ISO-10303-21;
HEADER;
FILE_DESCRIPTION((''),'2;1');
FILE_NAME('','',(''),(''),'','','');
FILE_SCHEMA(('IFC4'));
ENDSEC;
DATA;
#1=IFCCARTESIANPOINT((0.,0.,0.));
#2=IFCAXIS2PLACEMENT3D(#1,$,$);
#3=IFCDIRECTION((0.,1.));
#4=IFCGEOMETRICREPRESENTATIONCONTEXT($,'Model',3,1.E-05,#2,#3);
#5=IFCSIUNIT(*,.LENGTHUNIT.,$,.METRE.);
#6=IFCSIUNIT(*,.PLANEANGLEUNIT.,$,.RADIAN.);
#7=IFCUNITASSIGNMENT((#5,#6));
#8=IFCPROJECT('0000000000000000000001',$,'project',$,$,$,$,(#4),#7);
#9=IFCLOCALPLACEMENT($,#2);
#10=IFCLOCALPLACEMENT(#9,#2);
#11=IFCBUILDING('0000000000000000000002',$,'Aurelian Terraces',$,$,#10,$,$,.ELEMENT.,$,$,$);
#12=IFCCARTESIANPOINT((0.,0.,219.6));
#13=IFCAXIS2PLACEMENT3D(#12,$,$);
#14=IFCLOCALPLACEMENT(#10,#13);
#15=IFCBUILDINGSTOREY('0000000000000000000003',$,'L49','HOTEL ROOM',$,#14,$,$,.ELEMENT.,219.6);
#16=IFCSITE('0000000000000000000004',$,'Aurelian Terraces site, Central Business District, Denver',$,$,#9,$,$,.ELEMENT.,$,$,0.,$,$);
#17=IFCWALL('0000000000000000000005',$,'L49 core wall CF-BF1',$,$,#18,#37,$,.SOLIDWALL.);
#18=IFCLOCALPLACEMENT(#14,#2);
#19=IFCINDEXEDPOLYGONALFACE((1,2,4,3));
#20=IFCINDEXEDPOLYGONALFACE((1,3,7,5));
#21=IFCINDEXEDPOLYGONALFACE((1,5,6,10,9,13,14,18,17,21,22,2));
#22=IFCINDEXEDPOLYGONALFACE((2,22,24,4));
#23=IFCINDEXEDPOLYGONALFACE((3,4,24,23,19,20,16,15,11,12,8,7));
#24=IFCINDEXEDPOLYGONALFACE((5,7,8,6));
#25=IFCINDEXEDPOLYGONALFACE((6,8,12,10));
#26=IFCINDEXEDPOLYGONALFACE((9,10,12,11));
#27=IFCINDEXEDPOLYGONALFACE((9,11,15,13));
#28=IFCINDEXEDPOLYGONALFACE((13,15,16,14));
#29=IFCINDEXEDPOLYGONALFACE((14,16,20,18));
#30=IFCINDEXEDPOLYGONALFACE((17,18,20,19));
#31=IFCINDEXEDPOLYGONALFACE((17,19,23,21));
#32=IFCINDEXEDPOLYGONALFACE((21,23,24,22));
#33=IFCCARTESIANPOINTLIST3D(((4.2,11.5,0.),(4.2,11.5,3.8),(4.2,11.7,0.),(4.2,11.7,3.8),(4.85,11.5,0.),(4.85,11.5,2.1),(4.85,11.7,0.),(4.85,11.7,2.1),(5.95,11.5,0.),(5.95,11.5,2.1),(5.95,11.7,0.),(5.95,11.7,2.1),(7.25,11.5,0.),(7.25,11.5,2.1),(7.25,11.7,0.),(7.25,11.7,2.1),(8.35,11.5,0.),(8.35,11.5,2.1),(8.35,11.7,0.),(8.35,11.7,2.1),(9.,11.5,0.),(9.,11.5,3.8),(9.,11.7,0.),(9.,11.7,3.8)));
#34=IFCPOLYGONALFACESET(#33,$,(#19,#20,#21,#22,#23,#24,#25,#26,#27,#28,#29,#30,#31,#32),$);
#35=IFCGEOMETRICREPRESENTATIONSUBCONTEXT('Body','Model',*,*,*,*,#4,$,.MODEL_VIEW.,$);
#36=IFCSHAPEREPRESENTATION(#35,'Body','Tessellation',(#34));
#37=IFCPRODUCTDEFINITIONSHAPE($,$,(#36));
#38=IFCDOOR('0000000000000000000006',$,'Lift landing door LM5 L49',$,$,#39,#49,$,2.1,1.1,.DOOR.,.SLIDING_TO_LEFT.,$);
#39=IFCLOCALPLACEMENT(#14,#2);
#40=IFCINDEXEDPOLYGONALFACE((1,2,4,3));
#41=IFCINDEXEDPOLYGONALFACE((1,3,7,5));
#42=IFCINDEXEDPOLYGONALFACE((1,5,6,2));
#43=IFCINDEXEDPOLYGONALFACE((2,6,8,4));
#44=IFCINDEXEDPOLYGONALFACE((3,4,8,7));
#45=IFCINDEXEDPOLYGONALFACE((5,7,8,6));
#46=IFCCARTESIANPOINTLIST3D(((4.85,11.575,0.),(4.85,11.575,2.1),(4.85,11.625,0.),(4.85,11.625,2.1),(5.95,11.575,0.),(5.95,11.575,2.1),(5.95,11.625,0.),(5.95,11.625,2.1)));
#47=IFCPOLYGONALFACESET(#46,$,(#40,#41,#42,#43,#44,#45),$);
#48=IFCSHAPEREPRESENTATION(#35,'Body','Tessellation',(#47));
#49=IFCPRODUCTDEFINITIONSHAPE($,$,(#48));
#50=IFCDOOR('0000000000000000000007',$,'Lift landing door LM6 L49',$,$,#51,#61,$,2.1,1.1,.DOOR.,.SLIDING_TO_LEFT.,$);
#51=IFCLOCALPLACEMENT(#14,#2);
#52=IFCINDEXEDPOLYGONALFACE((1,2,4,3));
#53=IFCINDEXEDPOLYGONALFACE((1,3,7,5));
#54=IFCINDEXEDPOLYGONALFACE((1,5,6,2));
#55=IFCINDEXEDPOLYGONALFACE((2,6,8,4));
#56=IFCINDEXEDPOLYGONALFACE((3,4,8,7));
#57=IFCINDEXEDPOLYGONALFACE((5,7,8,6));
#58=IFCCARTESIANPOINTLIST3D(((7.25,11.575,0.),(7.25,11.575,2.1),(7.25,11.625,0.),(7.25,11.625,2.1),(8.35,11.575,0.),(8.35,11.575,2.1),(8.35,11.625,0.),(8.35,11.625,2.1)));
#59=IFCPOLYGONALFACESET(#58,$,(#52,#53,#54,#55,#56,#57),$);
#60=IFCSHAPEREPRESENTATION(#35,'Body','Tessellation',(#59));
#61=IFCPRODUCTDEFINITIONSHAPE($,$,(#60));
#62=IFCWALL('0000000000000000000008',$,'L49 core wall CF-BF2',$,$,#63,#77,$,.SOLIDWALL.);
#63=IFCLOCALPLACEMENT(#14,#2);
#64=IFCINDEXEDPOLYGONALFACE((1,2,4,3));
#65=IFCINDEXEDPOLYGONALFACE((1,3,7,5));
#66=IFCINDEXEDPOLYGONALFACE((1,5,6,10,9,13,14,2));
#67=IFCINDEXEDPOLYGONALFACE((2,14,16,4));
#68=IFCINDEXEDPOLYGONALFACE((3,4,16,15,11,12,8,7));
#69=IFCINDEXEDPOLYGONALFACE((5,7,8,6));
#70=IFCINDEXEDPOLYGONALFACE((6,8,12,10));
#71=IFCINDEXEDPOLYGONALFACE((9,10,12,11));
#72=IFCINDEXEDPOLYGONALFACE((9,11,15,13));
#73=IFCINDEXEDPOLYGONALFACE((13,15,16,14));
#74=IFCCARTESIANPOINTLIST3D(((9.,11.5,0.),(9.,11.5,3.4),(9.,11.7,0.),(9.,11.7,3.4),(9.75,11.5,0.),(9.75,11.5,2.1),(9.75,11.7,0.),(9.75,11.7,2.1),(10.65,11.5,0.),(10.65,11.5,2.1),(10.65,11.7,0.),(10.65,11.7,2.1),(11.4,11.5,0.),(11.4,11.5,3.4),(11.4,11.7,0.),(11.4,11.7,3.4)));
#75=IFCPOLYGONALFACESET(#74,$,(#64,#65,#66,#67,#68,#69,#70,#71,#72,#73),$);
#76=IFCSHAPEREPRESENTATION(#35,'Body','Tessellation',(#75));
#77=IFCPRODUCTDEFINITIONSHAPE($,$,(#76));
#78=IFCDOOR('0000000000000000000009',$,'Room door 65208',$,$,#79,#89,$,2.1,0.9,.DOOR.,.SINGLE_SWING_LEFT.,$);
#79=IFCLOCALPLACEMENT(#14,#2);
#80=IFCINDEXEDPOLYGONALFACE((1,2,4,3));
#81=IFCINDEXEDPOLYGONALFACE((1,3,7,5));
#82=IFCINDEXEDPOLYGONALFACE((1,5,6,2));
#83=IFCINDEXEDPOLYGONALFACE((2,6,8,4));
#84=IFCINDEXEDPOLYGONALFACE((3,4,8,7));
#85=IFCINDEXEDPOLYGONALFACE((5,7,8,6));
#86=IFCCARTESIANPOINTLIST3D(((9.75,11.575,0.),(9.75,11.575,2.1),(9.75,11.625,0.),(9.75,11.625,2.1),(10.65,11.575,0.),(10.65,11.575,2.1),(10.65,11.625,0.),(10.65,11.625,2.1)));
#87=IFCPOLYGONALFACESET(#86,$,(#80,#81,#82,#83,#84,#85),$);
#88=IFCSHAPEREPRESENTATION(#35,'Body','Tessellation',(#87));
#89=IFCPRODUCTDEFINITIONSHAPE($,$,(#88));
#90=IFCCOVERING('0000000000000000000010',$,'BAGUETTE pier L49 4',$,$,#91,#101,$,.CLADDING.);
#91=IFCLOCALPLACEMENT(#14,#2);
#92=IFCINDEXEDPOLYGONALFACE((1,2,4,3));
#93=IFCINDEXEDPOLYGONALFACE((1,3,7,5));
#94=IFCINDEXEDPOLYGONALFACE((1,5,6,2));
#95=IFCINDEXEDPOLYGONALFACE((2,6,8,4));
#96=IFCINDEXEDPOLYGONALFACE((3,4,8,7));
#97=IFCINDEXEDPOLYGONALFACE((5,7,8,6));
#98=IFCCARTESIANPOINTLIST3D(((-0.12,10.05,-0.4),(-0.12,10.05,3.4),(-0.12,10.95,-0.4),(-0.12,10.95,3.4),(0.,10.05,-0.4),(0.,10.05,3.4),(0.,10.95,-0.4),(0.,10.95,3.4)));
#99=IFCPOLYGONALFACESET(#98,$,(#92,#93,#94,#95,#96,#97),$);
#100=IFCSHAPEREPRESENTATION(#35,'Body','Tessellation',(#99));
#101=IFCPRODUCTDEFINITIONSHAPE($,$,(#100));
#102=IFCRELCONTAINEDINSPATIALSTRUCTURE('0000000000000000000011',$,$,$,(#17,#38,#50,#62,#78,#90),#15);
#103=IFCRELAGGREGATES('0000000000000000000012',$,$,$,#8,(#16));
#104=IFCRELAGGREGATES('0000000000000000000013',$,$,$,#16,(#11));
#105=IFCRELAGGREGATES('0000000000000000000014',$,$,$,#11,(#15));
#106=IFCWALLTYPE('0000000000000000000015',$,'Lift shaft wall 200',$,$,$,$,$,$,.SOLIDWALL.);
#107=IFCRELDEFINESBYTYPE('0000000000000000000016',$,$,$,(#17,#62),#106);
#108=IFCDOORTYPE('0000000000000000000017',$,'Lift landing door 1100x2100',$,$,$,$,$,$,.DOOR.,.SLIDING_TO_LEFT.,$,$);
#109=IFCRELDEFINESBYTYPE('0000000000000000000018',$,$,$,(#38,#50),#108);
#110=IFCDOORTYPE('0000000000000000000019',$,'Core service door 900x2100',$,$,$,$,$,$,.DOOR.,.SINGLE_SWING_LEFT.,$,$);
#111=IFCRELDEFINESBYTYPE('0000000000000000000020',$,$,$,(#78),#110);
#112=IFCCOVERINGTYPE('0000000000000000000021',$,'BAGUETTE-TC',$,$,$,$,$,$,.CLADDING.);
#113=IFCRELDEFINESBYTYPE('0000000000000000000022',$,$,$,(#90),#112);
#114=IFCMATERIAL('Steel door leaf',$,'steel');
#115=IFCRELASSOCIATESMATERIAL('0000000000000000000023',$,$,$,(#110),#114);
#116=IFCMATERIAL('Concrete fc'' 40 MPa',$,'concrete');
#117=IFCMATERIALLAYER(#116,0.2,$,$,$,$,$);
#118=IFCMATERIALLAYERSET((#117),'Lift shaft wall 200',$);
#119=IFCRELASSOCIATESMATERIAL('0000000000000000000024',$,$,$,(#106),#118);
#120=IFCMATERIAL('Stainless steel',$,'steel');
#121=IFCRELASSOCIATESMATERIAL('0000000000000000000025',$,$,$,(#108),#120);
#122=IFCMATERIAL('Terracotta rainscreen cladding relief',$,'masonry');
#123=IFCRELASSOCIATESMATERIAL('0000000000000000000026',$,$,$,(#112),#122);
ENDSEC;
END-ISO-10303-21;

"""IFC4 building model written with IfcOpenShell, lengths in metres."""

from ifc_helpers import new_model, si_unit, direction, frame, frame_2d, origin, origin_2d, place, context, subcontext, project, spatial, rectangle, extrude, source, transform, mapped, material, layer, layer_set, type_object, element, fill, save


model = new_model("IFC4")

# Units and contexts
model_context = context("Model", 3, precision=1e-05, world=origin(), true_north=direction((0.0, 1.0)))
body_context = subcontext(model_context, "Body", "Model", "MODEL_VIEW")
ifc_project = project(units=[si_unit("LENGTHUNIT", "METRE"), si_unit("PLANEANGLEUNIT", "RADIAN")], contexts=[model_context])

# Site, building, storey
site_placement = place(None, origin())
site = spatial("IfcSite", under=ifc_project, at=site_placement, Name="Aurelian Terraces site, Central Business District, Denver", CompositionType="ELEMENT", RefElevation=0.0)
building_placement = place(site_placement, origin())
building = spatial("IfcBuilding", under=site, at=building_placement, Name="Aurelian Terraces", CompositionType="ELEMENT")
storey_placement = place(building_placement, frame((0.0, 0.0, 219.6)))
storey = spatial("IfcBuildingStorey", under=building, at=storey_placement, Name="L49", Description="HOTEL ROOM", CompositionType="ELEMENT", Elevation=219.6)

# Shared definitions
ifc_material_1 = material(Name="Steel door leaf", Category="steel")
shared_shape_1 = source(origin(), body_context, "Body", "SweptSolid", [
    extrude(rectangle(XDim=0.9, YDim=2.1, at=frame_2d((0.45, 1.05))), frame((0.0, 0.025, 0.0), z_axis=(0.0, -1.0, 0.0), x_axis=(1.0, 0.0, 0.0)), (0.0, 0.0, 1.0), 0.05),
])

# Shared definitions
door_type_1 = type_object("IfcDoorType", Name="Core service door 900x2100", OperationType="SINGLE_SWING_LEFT", PredefinedType="DOOR", material=ifc_material_1)

# Shared definitions
ifc_material_2 = material(Name="Concrete fc' 40 MPa", Category="concrete")
ifc_layer_1 = layer(ifc_material_2, 0.2)
ifc_layer_set_1 = layer_set([ifc_layer_1], Name="Lift shaft wall 200")
wall_type_1 = type_object("IfcWallType", Name="Lift shaft wall 200", PredefinedType="SOLIDWALL", material=ifc_layer_set_1)

# Wall, openings, doors
shared_shape_2 = source(origin(), body_context, "Body", "SweptSolid", [
    extrude(rectangle(XDim=1.1, YDim=2.1, at=frame_2d((0.55, 1.05))), frame((0.0, 0.11, 0.0), z_axis=(0.0, -1.0, 0.0), x_axis=(1.0, 0.0, 0.0)), (0.0, 0.0, 1.0), 0.22),
])
ifc_material_3 = material(Name="Stainless steel", Category="steel")
door_type_2 = type_object("IfcDoorType", Name="Lift landing door 1100x2100", OperationType="SLIDING_TO_LEFT", PredefinedType="DOOR", material=ifc_material_3)
shared_shape_3 = source(origin(), body_context, "Body", "SweptSolid", [
    extrude(rectangle(XDim=1.1, YDim=2.1, at=frame_2d((0.55, 1.05))), frame((0.0, 0.025, 0.0), z_axis=(0.0, -1.0, 0.0), x_axis=(1.0, 0.0, 0.0)), (0.0, 0.0, 1.0), 0.05),
])
shared_shape_4 = source(origin(), body_context, "Body", "SweptSolid", [
    extrude(rectangle(XDim=4.8, YDim=0.2, at=frame_2d((2.4, 0.0))), origin(), (0.0, 0.0, 1.0), 3.8),
])
wall_1_placement = place(storey_placement, frame((4.2, 11.6, 0.0), z_axis=(0.0, 0.0, 1.0), x_axis=(1.0, 0.0, 0.0)))
wall_1 = element("IfcWall", 1, at=wall_1_placement, inside=storey, type_object=wall_type_1, Name="L49 core wall CF-BF1", PredefinedType="SOLIDWALL", context=body_context, shape_type="MappedRepresentation", body=[
    mapped(shared_shape_4, transform((0.0, 0.0, 0.0), scale=1.0)),
])
opening_1_placement = place(wall_1_placement, frame((0.65, 0.0, 0.0)))
opening_1 = element("IfcOpeningElement", 2, at=opening_1_placement, cuts=wall_1, PredefinedType="OPENING", context=body_context, shape_type="MappedRepresentation", body=[
    mapped(shared_shape_2, transform((0.0, 0.0, 0.0), scale=1.0)),
])
opening_2_placement = place(wall_1_placement, frame((3.05, 0.0, 0.0)))
opening_2 = element("IfcOpeningElement", 3, at=opening_2_placement, cuts=wall_1, PredefinedType="OPENING", context=body_context, shape_type="MappedRepresentation", body=[
    mapped(shared_shape_2, transform((0.0, 0.0, 0.0), scale=1.0)),
])
door_1_placement = place(opening_1_placement, origin())
door_1 = element("IfcDoor", 4, at=door_1_placement, inside=storey, type_object=door_type_2, Name="Lift landing door LM5 L49", OperationType="SLIDING_TO_LEFT", OverallHeight=2.1, OverallWidth=1.1, PredefinedType="DOOR", context=body_context, shape_type="MappedRepresentation", body=[
    mapped(shared_shape_3, transform((0.0, 0.0, 0.0), scale=1.0)),
])
fill(opening_1, door_1)
door_2_placement = place(opening_2_placement, origin())
door_2 = element("IfcDoor", 5, at=door_2_placement, inside=storey, type_object=door_type_2, Name="Lift landing door LM6 L49", OperationType="SLIDING_TO_LEFT", OverallHeight=2.1, OverallWidth=1.1, PredefinedType="DOOR", context=body_context, shape_type="MappedRepresentation", body=[
    mapped(shared_shape_3, transform((0.0, 0.0, 0.0), scale=1.0)),
])
fill(opening_2, door_2)

# Wall, opening, door
shared_shape_5 = source(origin(), body_context, "Body", "SweptSolid", [
    extrude(rectangle(XDim=2.4, YDim=0.2, at=frame_2d((1.2, 0.0))), origin(), (0.0, 0.0, 1.0), 3.4),
])
wall_2_placement = place(storey_placement, frame((9.0, 11.6, 0.0), z_axis=(0.0, 0.0, 1.0), x_axis=(1.0, 0.0, 0.0)))
wall_2 = element("IfcWall", 6, at=wall_2_placement, inside=storey, type_object=wall_type_1, Name="L49 core wall CF-BF2", PredefinedType="SOLIDWALL", context=body_context, shape_type="MappedRepresentation", body=[
    mapped(shared_shape_5, transform((0.0, 0.0, 0.0), scale=1.0)),
])
shared_shape_6 = source(origin(), body_context, "Body", "SweptSolid", [
    extrude(rectangle(XDim=0.9, YDim=2.1, at=frame_2d((0.45, 1.05))), frame((0.0, 0.11, 0.0), z_axis=(0.0, -1.0, 0.0), x_axis=(1.0, 0.0, 0.0)), (0.0, 0.0, 1.0), 0.22),
])
opening_3_placement = place(wall_2_placement, frame((0.75, 0.0, 0.0)))
opening_3 = element("IfcOpeningElement", 7, at=opening_3_placement, cuts=wall_2, PredefinedType="OPENING", context=body_context, shape_type="MappedRepresentation", body=[
    mapped(shared_shape_6, transform((0.0, 0.0, 0.0), scale=1.0)),
])
door_3_placement = place(opening_3_placement, origin())
door_3 = element("IfcDoor", 8, at=door_3_placement, inside=storey, type_object=door_type_1, Name="Room door 65208", OperationType="SINGLE_SWING_LEFT", OverallHeight=2.1, OverallWidth=0.9, PredefinedType="DOOR", context=body_context, shape_type="MappedRepresentation", body=[
    mapped(shared_shape_1, transform((0.0, 0.0, 0.0), scale=1.0)),
])
fill(opening_3, door_3)

# Covering
ifc_material_4 = material(Name="Terracotta rainscreen cladding relief", Category="masonry")
covering_type = type_object("IfcCoveringType", Name="BAGUETTE-TC", PredefinedType="CLADDING", material=ifc_material_4)
shared_shape_7 = source(origin(), body_context, "Body", "SweptSolid", [
    extrude(rectangle(XDim=0.12, YDim=0.9, at=origin_2d()), origin(), (0.0, 0.0, 1.0), 3.8),
])
covering_placement = place(storey_placement, frame((-0.06, 10.5, -0.4), z_axis=(0.0, 0.0, 1.0), x_axis=(1.0, 0.0, 0.0)))
element("IfcCovering", 9, at=covering_placement, inside=storey, type_object=covering_type, Name="BAGUETTE pier L49 4", PredefinedType="CLADDING", context=body_context, shape_type="MappedRepresentation", body=[
    mapped(shared_shape_7, transform((0.0, 0.0, 0.0), scale=1.0)),
])

save(model, "model.ifc")
